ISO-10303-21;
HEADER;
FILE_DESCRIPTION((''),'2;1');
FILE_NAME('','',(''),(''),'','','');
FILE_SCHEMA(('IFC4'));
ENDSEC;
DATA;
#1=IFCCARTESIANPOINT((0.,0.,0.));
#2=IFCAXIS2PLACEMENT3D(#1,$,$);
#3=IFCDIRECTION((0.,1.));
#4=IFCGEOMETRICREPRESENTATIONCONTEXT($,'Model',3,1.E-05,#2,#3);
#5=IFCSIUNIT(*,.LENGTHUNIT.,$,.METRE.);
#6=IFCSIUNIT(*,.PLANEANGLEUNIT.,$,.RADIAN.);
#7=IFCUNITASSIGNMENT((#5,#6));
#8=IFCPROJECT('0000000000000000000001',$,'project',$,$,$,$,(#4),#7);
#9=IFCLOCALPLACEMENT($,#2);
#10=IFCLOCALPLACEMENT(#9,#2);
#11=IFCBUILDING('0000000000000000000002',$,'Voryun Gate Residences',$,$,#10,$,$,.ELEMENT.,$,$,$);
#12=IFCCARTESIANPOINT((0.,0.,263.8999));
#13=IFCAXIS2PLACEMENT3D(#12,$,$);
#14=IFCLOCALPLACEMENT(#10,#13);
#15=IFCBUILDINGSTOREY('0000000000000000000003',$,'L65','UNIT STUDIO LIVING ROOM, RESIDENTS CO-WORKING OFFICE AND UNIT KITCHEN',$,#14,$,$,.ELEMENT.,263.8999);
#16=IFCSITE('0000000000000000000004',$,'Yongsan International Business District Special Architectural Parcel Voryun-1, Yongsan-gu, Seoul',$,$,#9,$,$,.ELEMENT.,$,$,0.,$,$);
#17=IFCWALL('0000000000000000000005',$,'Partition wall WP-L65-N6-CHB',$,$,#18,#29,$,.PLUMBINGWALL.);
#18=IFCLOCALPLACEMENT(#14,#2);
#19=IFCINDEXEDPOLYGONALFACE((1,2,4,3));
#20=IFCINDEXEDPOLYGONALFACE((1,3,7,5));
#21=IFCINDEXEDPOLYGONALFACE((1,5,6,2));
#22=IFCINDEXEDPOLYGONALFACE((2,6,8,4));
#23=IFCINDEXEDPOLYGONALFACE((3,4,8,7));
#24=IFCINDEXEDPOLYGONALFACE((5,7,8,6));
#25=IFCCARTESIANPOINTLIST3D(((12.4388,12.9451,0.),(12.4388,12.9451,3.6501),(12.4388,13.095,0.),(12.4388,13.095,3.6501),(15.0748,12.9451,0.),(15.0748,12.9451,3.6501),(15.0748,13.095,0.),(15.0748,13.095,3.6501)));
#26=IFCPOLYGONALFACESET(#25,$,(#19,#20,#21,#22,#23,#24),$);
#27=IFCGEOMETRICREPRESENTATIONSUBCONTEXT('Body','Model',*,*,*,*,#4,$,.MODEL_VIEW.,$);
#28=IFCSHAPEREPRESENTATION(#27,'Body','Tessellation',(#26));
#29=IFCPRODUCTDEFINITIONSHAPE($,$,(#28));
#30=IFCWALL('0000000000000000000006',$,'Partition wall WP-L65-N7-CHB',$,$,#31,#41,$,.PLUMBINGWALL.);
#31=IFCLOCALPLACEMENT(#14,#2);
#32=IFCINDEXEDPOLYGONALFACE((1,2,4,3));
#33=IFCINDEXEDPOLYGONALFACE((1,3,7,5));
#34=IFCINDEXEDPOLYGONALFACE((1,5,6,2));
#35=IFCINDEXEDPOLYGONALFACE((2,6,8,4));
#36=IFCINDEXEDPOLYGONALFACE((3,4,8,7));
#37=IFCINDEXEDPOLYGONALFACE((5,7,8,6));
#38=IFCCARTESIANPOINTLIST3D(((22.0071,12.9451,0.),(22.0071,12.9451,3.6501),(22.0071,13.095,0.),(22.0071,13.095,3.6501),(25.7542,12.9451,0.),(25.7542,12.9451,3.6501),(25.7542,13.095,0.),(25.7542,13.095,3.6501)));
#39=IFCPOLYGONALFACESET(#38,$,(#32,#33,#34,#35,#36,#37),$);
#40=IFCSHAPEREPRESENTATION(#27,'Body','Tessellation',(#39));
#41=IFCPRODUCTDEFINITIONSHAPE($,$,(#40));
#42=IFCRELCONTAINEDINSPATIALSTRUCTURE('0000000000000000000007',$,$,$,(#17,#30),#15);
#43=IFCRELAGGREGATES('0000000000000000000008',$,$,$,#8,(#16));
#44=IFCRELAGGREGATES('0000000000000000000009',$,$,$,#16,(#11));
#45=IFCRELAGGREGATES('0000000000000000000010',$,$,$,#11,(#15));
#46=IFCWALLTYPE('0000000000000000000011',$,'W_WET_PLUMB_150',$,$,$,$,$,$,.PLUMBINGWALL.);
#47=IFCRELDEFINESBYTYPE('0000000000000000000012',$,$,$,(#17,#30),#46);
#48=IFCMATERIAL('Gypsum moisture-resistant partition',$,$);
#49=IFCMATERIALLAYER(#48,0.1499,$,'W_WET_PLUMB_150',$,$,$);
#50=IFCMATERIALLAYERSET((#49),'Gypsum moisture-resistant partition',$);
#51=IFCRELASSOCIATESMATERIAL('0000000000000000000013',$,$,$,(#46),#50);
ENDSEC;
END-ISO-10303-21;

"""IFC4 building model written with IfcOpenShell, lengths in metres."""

from ifc_helpers import new_model, si_unit, direction, frame, frame_2d, origin, place, context, subcontext, project, spatial, rectangle, extrude, material, layer, layer_set, type_object, element, save


model = new_model("IFC4")

# Units and contexts
model_context = context("Model", 3, precision=1e-05, world=origin(), true_north=direction((0.0, 1.0)))
body_context = subcontext(model_context, "Body", "Model", "MODEL_VIEW")
ifc_project = project(units=[si_unit("LENGTHUNIT", "METRE"), si_unit("PLANEANGLEUNIT", "RADIAN")], contexts=[model_context])

# Site, building, storey
site_placement = place(None, origin())
site = spatial("IfcSite", under=ifc_project, at=site_placement, Name="Yongsan International Business District Special Architectural Parcel Voryun-1, Yongsan-gu, Seoul", CompositionType="ELEMENT", RefElevation=0.0)
building_placement = place(site_placement, origin())
building = spatial("IfcBuilding", under=site, at=building_placement, Name="Voryun Gate Residences", CompositionType="ELEMENT")
storey_placement = place(building_placement, frame((0.0, 0.0, 263.8999)))
storey = spatial("IfcBuildingStorey", under=building, at=storey_placement, Name="L65", Description="UNIT STUDIO LIVING ROOM, RESIDENTS CO-WORKING OFFICE AND UNIT KITCHEN", CompositionType="ELEMENT", Elevation=263.8999)

# Walls
ifc_material_1 = material(Name="Gypsum moisture-resistant partition")
ifc_layer_1 = layer(ifc_material_1, 0.1499, Name="W_WET_PLUMB_150")
ifc_layer_set_1 = layer_set([ifc_layer_1], Name="Gypsum moisture-resistant partition")
wall_type_1 = type_object("IfcWallType", Name="W_WET_PLUMB_150", PredefinedType="PLUMBINGWALL", material=ifc_layer_set_1)
wall_1_placement = place(storey_placement, frame((12.439, 13.02, 0.0), z_axis=(0.0, 0.0, 1.0), x_axis=(1.0, 0.0, 0.0)))
element("IfcWall", 1, at=wall_1_placement, inside=storey, type_object=wall_type_1, Name="Partition wall WP-L65-N6-CHB", PredefinedType="PLUMBINGWALL", context=body_context, shape_type="SweptSolid", body=[
    extrude(rectangle(XDim=2.636, YDim=0.1499, at=frame_2d((1.3179, 0.0))), origin(), (0.0, 0.0, 1.0), 3.6501),
])
wall_2_placement = place(storey_placement, frame((22.0071, 13.02, 0.0), z_axis=(0.0, 0.0, 1.0), x_axis=(1.0, 0.0, 0.0)))
element("IfcWall", 2, at=wall_2_placement, inside=storey, type_object=wall_type_1, Name="Partition wall WP-L65-N7-CHB", PredefinedType="PLUMBINGWALL", context=body_context, shape_type="SweptSolid", body=[
    extrude(rectangle(XDim=3.7471, YDim=0.1499, at=frame_2d((1.8735, 0.0))), origin(), (0.0, 0.0, 1.0), 3.6501),
])

save(model, "model.ifc")
